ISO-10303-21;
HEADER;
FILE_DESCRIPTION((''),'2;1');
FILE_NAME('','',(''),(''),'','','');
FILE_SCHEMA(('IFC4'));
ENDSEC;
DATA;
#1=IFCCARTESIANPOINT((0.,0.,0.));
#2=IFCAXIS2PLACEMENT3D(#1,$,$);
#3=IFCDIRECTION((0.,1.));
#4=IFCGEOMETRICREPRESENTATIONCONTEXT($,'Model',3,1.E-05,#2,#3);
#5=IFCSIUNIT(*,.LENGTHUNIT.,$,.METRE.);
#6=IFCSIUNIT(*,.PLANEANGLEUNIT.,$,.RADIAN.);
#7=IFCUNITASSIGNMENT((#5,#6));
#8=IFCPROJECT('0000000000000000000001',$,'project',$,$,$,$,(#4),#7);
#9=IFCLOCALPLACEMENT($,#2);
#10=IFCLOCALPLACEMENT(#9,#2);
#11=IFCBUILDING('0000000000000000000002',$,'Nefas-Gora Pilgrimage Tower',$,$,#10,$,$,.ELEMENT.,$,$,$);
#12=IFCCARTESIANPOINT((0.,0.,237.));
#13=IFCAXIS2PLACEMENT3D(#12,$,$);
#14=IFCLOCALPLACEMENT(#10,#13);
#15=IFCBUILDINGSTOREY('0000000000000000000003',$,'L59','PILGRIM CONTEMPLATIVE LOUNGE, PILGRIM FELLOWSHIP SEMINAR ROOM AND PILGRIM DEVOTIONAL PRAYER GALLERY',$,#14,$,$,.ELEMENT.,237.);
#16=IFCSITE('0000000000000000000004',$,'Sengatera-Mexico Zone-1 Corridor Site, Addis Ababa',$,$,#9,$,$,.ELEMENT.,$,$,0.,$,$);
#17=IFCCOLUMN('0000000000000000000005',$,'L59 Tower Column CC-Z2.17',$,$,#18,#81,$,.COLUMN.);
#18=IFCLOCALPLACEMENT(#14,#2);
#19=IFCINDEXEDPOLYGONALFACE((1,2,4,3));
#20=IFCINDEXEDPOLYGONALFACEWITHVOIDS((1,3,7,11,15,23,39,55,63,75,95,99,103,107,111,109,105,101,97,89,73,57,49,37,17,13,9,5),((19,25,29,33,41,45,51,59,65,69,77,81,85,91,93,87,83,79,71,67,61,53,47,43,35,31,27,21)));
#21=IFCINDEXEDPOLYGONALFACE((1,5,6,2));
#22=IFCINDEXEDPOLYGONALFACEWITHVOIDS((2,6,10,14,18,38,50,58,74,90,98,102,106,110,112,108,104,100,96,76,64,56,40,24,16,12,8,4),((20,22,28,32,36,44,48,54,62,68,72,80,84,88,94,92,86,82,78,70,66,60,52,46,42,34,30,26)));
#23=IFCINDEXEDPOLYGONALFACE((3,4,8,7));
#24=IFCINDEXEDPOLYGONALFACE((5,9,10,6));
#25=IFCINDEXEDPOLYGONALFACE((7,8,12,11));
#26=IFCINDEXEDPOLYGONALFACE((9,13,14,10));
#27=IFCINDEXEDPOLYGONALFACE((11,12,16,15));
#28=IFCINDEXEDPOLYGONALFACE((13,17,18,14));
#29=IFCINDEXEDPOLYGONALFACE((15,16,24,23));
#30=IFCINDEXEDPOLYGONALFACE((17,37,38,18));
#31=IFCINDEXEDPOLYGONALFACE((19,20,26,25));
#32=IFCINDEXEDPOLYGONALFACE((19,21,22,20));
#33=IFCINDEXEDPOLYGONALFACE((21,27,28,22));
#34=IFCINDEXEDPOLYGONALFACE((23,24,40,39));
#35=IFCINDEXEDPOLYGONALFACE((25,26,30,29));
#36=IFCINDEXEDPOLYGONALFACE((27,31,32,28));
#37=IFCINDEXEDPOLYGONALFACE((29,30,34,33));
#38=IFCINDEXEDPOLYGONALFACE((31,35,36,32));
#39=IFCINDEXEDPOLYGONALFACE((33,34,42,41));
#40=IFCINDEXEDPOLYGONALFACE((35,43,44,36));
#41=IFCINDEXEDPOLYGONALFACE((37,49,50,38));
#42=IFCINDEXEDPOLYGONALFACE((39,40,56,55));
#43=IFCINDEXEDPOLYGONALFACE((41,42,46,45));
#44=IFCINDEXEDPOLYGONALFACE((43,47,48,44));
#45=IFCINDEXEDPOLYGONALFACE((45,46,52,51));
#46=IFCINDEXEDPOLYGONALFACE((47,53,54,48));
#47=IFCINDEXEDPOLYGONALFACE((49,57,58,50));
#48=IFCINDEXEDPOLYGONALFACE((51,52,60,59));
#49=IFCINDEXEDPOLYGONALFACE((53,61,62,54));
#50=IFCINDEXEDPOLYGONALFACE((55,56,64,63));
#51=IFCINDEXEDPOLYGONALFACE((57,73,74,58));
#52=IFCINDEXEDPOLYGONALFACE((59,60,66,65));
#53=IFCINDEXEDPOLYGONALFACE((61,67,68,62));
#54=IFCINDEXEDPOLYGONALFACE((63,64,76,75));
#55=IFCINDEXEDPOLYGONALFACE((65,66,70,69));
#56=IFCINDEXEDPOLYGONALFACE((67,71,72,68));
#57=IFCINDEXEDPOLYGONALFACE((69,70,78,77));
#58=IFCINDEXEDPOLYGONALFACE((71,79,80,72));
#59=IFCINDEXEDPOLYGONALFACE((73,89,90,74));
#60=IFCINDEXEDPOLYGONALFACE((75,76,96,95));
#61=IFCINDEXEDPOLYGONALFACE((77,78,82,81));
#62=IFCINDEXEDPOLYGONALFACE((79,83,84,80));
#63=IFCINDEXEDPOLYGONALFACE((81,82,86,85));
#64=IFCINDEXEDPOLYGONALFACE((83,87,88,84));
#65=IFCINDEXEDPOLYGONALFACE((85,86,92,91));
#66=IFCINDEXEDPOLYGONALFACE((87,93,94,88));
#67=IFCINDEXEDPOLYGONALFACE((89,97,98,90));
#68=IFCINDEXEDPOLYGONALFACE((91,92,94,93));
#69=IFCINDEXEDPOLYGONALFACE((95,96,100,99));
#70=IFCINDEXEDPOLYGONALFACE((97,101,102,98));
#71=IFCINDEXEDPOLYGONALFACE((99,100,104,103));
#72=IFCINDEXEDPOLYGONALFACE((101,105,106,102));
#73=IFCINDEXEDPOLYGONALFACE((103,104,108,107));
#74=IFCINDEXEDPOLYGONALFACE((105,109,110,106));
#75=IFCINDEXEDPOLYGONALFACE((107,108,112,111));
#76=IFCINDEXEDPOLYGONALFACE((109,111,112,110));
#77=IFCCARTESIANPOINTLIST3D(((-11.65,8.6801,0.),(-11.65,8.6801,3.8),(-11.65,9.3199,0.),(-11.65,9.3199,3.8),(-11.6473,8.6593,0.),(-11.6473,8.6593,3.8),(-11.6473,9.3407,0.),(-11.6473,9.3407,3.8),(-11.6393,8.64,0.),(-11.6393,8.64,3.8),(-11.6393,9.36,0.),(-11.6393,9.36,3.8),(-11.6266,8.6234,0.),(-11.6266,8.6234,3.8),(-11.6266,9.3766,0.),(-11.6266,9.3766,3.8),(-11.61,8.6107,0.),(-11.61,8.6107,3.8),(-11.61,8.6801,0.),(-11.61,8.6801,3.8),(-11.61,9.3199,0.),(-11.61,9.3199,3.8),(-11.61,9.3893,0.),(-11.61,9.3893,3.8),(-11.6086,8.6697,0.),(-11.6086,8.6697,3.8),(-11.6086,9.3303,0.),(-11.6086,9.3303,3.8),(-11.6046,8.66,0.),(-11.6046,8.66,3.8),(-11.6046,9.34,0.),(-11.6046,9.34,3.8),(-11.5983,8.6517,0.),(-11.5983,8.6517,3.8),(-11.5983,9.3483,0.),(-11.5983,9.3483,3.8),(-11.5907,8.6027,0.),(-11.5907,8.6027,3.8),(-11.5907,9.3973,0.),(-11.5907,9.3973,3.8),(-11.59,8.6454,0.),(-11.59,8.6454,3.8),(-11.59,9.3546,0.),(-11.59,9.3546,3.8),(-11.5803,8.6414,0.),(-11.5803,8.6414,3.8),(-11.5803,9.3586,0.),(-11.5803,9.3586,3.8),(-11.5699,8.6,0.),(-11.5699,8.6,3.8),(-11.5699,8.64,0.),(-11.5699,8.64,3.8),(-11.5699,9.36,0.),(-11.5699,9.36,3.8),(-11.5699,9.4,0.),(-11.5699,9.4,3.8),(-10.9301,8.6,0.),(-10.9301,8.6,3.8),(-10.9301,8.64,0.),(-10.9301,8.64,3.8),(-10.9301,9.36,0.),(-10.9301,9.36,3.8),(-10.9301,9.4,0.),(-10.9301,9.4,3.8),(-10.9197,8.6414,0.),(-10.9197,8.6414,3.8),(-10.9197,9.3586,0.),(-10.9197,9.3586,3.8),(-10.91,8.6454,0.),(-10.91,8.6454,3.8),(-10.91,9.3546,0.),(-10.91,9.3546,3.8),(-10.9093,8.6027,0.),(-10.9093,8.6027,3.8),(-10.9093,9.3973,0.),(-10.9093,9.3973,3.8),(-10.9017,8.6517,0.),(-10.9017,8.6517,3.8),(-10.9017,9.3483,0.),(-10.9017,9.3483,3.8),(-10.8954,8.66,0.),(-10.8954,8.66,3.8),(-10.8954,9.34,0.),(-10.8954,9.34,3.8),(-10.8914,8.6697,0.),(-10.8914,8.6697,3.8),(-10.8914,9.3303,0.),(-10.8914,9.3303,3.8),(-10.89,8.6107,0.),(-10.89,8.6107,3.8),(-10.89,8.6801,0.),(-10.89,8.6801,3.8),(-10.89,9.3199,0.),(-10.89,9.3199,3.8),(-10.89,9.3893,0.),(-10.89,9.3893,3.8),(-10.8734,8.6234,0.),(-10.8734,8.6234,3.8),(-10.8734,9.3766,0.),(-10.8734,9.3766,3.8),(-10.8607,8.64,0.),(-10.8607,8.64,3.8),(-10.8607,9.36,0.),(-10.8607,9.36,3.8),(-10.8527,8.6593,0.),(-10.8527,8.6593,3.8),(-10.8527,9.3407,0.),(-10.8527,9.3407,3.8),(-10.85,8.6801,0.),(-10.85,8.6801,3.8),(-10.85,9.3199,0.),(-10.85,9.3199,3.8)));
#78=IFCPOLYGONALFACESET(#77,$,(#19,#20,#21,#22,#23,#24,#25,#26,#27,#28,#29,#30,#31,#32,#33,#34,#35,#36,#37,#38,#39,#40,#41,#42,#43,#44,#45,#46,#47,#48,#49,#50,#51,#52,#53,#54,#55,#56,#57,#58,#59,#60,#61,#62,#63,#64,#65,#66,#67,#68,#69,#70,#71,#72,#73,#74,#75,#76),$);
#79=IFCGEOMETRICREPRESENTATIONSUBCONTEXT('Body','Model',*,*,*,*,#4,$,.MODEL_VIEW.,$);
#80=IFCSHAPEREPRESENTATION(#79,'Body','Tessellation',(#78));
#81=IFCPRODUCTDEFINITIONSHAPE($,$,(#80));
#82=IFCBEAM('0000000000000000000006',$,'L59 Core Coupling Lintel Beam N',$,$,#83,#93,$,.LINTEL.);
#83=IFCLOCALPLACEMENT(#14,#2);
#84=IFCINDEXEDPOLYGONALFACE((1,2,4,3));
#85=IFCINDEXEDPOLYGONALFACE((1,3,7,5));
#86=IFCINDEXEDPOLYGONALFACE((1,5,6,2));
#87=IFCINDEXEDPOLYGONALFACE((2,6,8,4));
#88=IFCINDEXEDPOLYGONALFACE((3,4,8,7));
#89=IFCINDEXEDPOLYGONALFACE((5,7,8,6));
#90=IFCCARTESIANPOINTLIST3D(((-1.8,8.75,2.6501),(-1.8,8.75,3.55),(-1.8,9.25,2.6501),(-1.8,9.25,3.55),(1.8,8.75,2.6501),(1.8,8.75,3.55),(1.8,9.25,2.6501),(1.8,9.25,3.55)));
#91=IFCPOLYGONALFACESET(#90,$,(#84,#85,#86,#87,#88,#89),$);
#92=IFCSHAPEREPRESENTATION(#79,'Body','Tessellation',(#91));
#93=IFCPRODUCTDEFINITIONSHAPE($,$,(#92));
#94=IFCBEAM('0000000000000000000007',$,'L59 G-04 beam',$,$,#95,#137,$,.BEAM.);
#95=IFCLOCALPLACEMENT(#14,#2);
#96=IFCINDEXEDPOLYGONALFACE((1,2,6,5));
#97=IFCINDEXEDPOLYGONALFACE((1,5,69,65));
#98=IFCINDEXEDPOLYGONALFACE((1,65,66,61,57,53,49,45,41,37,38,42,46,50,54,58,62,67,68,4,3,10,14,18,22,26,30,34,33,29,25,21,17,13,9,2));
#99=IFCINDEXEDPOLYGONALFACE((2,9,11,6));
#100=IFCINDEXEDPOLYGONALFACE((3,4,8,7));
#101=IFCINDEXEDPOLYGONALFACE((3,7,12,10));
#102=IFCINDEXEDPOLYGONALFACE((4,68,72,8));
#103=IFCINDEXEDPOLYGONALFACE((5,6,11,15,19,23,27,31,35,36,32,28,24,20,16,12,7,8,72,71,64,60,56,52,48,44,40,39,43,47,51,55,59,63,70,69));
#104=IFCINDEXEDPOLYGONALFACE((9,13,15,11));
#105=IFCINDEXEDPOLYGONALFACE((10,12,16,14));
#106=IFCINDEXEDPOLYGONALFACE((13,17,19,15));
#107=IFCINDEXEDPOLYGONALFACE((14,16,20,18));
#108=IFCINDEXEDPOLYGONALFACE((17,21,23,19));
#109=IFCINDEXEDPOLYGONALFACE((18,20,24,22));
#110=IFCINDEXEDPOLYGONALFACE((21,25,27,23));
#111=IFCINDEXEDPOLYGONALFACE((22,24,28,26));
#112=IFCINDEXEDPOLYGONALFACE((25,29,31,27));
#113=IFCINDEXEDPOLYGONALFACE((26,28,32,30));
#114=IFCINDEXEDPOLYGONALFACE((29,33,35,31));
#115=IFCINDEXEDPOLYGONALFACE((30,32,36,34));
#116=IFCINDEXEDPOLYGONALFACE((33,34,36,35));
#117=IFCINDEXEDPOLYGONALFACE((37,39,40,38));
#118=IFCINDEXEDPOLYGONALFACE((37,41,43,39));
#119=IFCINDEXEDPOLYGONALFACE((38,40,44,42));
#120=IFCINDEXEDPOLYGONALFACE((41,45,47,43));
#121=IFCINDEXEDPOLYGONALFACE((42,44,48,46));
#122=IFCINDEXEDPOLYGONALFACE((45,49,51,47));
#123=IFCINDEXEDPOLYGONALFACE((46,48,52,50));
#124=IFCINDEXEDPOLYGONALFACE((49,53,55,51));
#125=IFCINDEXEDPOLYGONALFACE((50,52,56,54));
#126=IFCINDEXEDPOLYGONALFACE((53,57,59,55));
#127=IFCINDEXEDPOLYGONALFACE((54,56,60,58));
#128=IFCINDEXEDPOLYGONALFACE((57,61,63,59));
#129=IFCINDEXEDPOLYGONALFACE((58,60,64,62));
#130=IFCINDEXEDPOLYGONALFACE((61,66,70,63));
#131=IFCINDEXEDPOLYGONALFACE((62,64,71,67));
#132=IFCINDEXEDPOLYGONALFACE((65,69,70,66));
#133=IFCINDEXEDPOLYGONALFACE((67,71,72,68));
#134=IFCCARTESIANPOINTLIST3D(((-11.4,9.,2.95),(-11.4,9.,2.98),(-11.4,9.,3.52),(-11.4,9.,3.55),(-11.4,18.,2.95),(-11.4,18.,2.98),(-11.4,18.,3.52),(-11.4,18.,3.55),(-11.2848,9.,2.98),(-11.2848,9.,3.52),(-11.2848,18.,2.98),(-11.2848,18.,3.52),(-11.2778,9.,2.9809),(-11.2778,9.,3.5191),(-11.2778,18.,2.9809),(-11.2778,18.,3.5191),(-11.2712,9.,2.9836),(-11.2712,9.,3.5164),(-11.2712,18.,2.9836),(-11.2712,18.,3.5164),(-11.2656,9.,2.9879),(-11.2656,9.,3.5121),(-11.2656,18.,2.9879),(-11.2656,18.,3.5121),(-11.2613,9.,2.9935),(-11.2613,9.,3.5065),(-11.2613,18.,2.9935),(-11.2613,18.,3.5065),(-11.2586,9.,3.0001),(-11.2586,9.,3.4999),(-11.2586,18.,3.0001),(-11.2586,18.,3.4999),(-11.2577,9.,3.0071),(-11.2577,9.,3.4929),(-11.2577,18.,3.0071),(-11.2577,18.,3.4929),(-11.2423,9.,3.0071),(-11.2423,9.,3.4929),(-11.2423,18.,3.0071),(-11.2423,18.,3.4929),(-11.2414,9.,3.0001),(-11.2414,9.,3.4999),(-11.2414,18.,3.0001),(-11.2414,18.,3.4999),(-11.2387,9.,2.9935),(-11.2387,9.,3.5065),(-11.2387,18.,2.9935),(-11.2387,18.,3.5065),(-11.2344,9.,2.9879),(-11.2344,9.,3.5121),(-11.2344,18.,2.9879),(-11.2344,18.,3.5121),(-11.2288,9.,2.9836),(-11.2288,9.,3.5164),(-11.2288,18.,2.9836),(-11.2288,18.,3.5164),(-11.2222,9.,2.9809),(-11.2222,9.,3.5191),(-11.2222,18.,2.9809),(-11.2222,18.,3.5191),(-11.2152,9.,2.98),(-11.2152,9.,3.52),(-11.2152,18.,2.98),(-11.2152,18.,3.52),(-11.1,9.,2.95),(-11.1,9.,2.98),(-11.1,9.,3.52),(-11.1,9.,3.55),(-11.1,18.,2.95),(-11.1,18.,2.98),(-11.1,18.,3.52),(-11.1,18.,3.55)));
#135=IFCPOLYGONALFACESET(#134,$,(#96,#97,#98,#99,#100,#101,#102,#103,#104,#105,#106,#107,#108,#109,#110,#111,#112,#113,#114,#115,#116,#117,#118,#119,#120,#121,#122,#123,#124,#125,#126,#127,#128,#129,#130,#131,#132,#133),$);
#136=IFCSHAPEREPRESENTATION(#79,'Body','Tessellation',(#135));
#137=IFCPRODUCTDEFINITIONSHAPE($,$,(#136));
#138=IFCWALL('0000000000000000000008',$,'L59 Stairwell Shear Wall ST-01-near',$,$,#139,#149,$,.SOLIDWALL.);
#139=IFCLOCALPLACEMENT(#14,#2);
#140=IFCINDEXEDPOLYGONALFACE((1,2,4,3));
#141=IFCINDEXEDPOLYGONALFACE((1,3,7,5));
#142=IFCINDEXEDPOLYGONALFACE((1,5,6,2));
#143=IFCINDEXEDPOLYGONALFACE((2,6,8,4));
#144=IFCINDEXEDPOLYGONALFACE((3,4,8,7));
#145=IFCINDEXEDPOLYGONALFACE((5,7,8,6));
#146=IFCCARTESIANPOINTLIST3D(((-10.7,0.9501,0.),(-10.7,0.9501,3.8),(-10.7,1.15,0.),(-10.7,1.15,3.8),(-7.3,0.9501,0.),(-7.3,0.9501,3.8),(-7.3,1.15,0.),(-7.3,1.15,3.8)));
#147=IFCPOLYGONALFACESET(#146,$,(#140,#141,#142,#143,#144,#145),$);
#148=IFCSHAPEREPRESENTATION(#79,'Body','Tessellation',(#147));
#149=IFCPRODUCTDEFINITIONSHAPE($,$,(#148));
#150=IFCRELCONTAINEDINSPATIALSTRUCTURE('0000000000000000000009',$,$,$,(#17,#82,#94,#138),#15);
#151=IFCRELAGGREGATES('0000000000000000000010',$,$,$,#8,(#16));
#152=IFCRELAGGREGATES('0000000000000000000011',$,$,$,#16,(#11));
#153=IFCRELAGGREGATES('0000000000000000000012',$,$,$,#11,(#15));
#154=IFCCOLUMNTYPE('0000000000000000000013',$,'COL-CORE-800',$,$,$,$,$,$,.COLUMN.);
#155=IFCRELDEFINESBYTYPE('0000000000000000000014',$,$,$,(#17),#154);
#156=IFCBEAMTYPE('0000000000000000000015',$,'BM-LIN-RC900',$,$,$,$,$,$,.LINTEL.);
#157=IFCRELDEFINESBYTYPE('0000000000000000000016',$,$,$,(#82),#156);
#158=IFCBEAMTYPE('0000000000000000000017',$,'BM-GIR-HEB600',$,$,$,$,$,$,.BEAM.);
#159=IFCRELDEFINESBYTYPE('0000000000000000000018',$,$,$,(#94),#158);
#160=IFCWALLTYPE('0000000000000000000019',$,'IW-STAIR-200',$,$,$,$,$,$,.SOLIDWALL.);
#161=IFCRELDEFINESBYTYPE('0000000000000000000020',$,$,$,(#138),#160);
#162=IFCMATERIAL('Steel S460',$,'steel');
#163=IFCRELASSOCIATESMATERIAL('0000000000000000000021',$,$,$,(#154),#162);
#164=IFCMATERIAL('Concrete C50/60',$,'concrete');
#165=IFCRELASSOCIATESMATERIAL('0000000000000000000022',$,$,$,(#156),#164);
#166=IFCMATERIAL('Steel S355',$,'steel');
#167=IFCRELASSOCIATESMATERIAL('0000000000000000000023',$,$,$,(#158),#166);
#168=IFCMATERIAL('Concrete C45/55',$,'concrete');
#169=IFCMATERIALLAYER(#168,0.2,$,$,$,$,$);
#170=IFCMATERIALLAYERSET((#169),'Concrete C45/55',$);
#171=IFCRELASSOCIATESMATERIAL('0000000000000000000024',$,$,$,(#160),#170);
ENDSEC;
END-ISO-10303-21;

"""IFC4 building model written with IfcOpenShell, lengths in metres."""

from ifc_helpers import new_model, si_unit, direction, frame, frame_2d, origin, origin_2d, place, context, subcontext, project, spatial, rectangle, hollow_rectangle, i_section, extrude, source, transform, mapped, material, layer, layer_set, material_profile, profile_set, type_object, element, save


model = new_model("IFC4")

# Units and contexts
model_context = context("Model", 3, precision=1e-05, world=origin(), true_north=direction((0.0, 1.0)))
body_context = subcontext(model_context, "Body", "Model", "MODEL_VIEW")
ifc_project = project(units=[si_unit("LENGTHUNIT", "METRE"), si_unit("PLANEANGLEUNIT", "RADIAN")], contexts=[model_context])

# Site, building, storey
site_placement = place(None, origin())
site = spatial("IfcSite", under=ifc_project, at=site_placement, Name="Sengatera-Mexico Zone-1 Corridor Site, Addis Ababa", CompositionType="ELEMENT", RefElevation=0.0)
building_placement = place(site_placement, origin())
building = spatial("IfcBuilding", under=site, at=building_placement, Name="Nefas-Gora Pilgrimage Tower", CompositionType="ELEMENT")
storey_placement = place(building_placement, frame((0.0, 0.0, 237.0)))
storey = spatial("IfcBuildingStorey", under=building, at=storey_placement, Name="L59", Description="PILGRIM CONTEMPLATIVE LOUNGE, PILGRIM FELLOWSHIP SEMINAR ROOM AND PILGRIM DEVOTIONAL PRAYER GALLERY", CompositionType="ELEMENT", Elevation=237.0)

# Column
ifc_material_1 = material(Name="Steel S460", Category="steel")
ifc_material_profile_1 = material_profile(ifc_material_1, hollow_rectangle(XDim=0.8, YDim=0.8, WallThickness=0.04, InnerFilletRadius=0.04, OuterFilletRadius=0.0801, at=origin_2d()), Name="BOX 800x800x40")
ifc_profile_set_1 = profile_set([ifc_material_profile_1], Name="Steel S460")
column_type = type_object("IfcColumnType", Name="COL-CORE-800", PredefinedType="COLUMN", material=ifc_profile_set_1)
shared_shape_1 = source(origin(), body_context, "Body", "SweptSolid", [
    extrude(hollow_rectangle(XDim=0.8, YDim=0.8, WallThickness=0.04, InnerFilletRadius=0.04, OuterFilletRadius=0.0801, at=origin_2d()), origin(), (0.0, 0.0, 1.0), 3.8),
])
column_placement = place(storey_placement, frame((-11.25, 9.0, 0.0), z_axis=(0.0, 0.0, 1.0), x_axis=(1.0, 0.0, 0.0)))
element("IfcColumn", 1, at=column_placement, inside=storey, type_object=column_type, Name="L59 Tower Column CC-Z2.17", PredefinedType="COLUMN", context=body_context, shape_type="MappedRepresentation", body=[
    mapped(shared_shape_1, transform((0.0, 0.0, 0.0), x_axis=(1.0, 0.0, 0.0), y_axis=(0.0, 1.0, 0.0), z_axis=(0.0, 0.0, 1.0), scale=1.0)),
])

# Beams
ifc_material_2 = material(Name="Concrete C50/60", Category="concrete")
ifc_material_profile_2 = material_profile(ifc_material_2, rectangle(XDim=0.5, YDim=0.8999, at=origin_2d()), Name="RC 500x900")
ifc_profile_set_2 = profile_set([ifc_material_profile_2], Name="Concrete C50/60")
beam_type_1 = type_object("IfcBeamType", Name="BM-LIN-RC900", PredefinedType="LINTEL", material=ifc_profile_set_2)
shared_shape_2 = source(origin(), body_context, "Body", "SweptSolid", [
    extrude(rectangle(XDim=0.5, YDim=0.8999, at=origin_2d()), origin(), (0.0, 0.0, 1.0), 3.6001),
])
beam_1_placement = place(storey_placement, frame((-1.8, 9.0, 3.1001), z_axis=(1.0, 0.0, 0.0), x_axis=(0.0, 1.0, 0.0)))
element("IfcBeam", 2, at=beam_1_placement, inside=storey, type_object=beam_type_1, Name="L59 Core Coupling Lintel Beam N", PredefinedType="LINTEL", context=body_context, shape_type="MappedRepresentation", body=[
    mapped(shared_shape_2, transform((0.0, 0.0, 0.0), x_axis=(1.0, 0.0, 0.0), y_axis=(0.0, 1.0, 0.0), z_axis=(0.0, 0.0, 1.0), scale=1.0)),
])
ifc_material_3 = material(Name="Steel S355", Category="steel")
ifc_material_profile_3 = material_profile(ifc_material_3, i_section(OverallWidth=0.3, OverallDepth=0.6001, WebThickness=0.0154, FlangeThickness=0.03, FilletRadius=0.0271, at=origin_2d()), Name="HEB 600")
ifc_profile_set_3 = profile_set([ifc_material_profile_3], Name="Steel S355")
beam_type_2 = type_object("IfcBeamType", Name="BM-GIR-HEB600", PredefinedType="BEAM", material=ifc_profile_set_3)
shared_shape_3 = source(origin(), body_context, "Body", "SweptSolid", [
    extrude(i_section(OverallWidth=0.3, OverallDepth=0.6001, WebThickness=0.0154, FlangeThickness=0.03, FilletRadius=0.0271, at=origin_2d()), origin(), (0.0, 0.0, 1.0), 9.0),
])
beam_2_placement = place(storey_placement, frame((-11.25, 9.0, 3.25), z_axis=(0.0, 1.0, 0.0), x_axis=(-1.0, 0.0, 0.0)))
element("IfcBeam", 3, at=beam_2_placement, inside=storey, type_object=beam_type_2, Name="L59 G-04 beam", PredefinedType="BEAM", context=body_context, shape_type="MappedRepresentation", body=[
    mapped(shared_shape_3, transform((0.0, 0.0, 0.0), x_axis=(1.0, 0.0, 0.0), y_axis=(0.0, 1.0, 0.0), z_axis=(0.0, 0.0, 1.0), scale=1.0)),
])

# Wall
ifc_material_4 = material(Name="Concrete C45/55", Category="concrete")
ifc_layer_1 = layer(ifc_material_4, 0.2)
ifc_layer_set_1 = layer_set([ifc_layer_1], Name="Concrete C45/55")
wall_type_1 = type_object("IfcWallType", Name="IW-STAIR-200", PredefinedType="SOLIDWALL", material=ifc_layer_set_1)
shared_shape_4 = source(origin(), body_context, "Body", "SweptSolid", [
    extrude(rectangle(XDim=3.3999, YDim=0.2, at=frame_2d((1.7, 0.0))), origin(), (0.0, 0.0, 1.0), 3.8),
])
wall_1_placement = place(storey_placement, frame((-7.3, 1.05, 0.0), z_axis=(0.0, 0.0, 1.0), x_axis=(-1.0, 0.0, 0.0)))
element("IfcWall", 4, at=wall_1_placement, inside=storey, type_object=wall_type_1, Name="L59 Stairwell Shear Wall ST-01-near", PredefinedType="SOLIDWALL", context=body_context, shape_type="MappedRepresentation", body=[
    mapped(shared_shape_4, transform((0.0, 0.0, 0.0), x_axis=(1.0, 0.0, 0.0), y_axis=(0.0, 1.0, 0.0), z_axis=(0.0, 0.0, 1.0), scale=1.0)),
])

save(model, "model.ifc")
